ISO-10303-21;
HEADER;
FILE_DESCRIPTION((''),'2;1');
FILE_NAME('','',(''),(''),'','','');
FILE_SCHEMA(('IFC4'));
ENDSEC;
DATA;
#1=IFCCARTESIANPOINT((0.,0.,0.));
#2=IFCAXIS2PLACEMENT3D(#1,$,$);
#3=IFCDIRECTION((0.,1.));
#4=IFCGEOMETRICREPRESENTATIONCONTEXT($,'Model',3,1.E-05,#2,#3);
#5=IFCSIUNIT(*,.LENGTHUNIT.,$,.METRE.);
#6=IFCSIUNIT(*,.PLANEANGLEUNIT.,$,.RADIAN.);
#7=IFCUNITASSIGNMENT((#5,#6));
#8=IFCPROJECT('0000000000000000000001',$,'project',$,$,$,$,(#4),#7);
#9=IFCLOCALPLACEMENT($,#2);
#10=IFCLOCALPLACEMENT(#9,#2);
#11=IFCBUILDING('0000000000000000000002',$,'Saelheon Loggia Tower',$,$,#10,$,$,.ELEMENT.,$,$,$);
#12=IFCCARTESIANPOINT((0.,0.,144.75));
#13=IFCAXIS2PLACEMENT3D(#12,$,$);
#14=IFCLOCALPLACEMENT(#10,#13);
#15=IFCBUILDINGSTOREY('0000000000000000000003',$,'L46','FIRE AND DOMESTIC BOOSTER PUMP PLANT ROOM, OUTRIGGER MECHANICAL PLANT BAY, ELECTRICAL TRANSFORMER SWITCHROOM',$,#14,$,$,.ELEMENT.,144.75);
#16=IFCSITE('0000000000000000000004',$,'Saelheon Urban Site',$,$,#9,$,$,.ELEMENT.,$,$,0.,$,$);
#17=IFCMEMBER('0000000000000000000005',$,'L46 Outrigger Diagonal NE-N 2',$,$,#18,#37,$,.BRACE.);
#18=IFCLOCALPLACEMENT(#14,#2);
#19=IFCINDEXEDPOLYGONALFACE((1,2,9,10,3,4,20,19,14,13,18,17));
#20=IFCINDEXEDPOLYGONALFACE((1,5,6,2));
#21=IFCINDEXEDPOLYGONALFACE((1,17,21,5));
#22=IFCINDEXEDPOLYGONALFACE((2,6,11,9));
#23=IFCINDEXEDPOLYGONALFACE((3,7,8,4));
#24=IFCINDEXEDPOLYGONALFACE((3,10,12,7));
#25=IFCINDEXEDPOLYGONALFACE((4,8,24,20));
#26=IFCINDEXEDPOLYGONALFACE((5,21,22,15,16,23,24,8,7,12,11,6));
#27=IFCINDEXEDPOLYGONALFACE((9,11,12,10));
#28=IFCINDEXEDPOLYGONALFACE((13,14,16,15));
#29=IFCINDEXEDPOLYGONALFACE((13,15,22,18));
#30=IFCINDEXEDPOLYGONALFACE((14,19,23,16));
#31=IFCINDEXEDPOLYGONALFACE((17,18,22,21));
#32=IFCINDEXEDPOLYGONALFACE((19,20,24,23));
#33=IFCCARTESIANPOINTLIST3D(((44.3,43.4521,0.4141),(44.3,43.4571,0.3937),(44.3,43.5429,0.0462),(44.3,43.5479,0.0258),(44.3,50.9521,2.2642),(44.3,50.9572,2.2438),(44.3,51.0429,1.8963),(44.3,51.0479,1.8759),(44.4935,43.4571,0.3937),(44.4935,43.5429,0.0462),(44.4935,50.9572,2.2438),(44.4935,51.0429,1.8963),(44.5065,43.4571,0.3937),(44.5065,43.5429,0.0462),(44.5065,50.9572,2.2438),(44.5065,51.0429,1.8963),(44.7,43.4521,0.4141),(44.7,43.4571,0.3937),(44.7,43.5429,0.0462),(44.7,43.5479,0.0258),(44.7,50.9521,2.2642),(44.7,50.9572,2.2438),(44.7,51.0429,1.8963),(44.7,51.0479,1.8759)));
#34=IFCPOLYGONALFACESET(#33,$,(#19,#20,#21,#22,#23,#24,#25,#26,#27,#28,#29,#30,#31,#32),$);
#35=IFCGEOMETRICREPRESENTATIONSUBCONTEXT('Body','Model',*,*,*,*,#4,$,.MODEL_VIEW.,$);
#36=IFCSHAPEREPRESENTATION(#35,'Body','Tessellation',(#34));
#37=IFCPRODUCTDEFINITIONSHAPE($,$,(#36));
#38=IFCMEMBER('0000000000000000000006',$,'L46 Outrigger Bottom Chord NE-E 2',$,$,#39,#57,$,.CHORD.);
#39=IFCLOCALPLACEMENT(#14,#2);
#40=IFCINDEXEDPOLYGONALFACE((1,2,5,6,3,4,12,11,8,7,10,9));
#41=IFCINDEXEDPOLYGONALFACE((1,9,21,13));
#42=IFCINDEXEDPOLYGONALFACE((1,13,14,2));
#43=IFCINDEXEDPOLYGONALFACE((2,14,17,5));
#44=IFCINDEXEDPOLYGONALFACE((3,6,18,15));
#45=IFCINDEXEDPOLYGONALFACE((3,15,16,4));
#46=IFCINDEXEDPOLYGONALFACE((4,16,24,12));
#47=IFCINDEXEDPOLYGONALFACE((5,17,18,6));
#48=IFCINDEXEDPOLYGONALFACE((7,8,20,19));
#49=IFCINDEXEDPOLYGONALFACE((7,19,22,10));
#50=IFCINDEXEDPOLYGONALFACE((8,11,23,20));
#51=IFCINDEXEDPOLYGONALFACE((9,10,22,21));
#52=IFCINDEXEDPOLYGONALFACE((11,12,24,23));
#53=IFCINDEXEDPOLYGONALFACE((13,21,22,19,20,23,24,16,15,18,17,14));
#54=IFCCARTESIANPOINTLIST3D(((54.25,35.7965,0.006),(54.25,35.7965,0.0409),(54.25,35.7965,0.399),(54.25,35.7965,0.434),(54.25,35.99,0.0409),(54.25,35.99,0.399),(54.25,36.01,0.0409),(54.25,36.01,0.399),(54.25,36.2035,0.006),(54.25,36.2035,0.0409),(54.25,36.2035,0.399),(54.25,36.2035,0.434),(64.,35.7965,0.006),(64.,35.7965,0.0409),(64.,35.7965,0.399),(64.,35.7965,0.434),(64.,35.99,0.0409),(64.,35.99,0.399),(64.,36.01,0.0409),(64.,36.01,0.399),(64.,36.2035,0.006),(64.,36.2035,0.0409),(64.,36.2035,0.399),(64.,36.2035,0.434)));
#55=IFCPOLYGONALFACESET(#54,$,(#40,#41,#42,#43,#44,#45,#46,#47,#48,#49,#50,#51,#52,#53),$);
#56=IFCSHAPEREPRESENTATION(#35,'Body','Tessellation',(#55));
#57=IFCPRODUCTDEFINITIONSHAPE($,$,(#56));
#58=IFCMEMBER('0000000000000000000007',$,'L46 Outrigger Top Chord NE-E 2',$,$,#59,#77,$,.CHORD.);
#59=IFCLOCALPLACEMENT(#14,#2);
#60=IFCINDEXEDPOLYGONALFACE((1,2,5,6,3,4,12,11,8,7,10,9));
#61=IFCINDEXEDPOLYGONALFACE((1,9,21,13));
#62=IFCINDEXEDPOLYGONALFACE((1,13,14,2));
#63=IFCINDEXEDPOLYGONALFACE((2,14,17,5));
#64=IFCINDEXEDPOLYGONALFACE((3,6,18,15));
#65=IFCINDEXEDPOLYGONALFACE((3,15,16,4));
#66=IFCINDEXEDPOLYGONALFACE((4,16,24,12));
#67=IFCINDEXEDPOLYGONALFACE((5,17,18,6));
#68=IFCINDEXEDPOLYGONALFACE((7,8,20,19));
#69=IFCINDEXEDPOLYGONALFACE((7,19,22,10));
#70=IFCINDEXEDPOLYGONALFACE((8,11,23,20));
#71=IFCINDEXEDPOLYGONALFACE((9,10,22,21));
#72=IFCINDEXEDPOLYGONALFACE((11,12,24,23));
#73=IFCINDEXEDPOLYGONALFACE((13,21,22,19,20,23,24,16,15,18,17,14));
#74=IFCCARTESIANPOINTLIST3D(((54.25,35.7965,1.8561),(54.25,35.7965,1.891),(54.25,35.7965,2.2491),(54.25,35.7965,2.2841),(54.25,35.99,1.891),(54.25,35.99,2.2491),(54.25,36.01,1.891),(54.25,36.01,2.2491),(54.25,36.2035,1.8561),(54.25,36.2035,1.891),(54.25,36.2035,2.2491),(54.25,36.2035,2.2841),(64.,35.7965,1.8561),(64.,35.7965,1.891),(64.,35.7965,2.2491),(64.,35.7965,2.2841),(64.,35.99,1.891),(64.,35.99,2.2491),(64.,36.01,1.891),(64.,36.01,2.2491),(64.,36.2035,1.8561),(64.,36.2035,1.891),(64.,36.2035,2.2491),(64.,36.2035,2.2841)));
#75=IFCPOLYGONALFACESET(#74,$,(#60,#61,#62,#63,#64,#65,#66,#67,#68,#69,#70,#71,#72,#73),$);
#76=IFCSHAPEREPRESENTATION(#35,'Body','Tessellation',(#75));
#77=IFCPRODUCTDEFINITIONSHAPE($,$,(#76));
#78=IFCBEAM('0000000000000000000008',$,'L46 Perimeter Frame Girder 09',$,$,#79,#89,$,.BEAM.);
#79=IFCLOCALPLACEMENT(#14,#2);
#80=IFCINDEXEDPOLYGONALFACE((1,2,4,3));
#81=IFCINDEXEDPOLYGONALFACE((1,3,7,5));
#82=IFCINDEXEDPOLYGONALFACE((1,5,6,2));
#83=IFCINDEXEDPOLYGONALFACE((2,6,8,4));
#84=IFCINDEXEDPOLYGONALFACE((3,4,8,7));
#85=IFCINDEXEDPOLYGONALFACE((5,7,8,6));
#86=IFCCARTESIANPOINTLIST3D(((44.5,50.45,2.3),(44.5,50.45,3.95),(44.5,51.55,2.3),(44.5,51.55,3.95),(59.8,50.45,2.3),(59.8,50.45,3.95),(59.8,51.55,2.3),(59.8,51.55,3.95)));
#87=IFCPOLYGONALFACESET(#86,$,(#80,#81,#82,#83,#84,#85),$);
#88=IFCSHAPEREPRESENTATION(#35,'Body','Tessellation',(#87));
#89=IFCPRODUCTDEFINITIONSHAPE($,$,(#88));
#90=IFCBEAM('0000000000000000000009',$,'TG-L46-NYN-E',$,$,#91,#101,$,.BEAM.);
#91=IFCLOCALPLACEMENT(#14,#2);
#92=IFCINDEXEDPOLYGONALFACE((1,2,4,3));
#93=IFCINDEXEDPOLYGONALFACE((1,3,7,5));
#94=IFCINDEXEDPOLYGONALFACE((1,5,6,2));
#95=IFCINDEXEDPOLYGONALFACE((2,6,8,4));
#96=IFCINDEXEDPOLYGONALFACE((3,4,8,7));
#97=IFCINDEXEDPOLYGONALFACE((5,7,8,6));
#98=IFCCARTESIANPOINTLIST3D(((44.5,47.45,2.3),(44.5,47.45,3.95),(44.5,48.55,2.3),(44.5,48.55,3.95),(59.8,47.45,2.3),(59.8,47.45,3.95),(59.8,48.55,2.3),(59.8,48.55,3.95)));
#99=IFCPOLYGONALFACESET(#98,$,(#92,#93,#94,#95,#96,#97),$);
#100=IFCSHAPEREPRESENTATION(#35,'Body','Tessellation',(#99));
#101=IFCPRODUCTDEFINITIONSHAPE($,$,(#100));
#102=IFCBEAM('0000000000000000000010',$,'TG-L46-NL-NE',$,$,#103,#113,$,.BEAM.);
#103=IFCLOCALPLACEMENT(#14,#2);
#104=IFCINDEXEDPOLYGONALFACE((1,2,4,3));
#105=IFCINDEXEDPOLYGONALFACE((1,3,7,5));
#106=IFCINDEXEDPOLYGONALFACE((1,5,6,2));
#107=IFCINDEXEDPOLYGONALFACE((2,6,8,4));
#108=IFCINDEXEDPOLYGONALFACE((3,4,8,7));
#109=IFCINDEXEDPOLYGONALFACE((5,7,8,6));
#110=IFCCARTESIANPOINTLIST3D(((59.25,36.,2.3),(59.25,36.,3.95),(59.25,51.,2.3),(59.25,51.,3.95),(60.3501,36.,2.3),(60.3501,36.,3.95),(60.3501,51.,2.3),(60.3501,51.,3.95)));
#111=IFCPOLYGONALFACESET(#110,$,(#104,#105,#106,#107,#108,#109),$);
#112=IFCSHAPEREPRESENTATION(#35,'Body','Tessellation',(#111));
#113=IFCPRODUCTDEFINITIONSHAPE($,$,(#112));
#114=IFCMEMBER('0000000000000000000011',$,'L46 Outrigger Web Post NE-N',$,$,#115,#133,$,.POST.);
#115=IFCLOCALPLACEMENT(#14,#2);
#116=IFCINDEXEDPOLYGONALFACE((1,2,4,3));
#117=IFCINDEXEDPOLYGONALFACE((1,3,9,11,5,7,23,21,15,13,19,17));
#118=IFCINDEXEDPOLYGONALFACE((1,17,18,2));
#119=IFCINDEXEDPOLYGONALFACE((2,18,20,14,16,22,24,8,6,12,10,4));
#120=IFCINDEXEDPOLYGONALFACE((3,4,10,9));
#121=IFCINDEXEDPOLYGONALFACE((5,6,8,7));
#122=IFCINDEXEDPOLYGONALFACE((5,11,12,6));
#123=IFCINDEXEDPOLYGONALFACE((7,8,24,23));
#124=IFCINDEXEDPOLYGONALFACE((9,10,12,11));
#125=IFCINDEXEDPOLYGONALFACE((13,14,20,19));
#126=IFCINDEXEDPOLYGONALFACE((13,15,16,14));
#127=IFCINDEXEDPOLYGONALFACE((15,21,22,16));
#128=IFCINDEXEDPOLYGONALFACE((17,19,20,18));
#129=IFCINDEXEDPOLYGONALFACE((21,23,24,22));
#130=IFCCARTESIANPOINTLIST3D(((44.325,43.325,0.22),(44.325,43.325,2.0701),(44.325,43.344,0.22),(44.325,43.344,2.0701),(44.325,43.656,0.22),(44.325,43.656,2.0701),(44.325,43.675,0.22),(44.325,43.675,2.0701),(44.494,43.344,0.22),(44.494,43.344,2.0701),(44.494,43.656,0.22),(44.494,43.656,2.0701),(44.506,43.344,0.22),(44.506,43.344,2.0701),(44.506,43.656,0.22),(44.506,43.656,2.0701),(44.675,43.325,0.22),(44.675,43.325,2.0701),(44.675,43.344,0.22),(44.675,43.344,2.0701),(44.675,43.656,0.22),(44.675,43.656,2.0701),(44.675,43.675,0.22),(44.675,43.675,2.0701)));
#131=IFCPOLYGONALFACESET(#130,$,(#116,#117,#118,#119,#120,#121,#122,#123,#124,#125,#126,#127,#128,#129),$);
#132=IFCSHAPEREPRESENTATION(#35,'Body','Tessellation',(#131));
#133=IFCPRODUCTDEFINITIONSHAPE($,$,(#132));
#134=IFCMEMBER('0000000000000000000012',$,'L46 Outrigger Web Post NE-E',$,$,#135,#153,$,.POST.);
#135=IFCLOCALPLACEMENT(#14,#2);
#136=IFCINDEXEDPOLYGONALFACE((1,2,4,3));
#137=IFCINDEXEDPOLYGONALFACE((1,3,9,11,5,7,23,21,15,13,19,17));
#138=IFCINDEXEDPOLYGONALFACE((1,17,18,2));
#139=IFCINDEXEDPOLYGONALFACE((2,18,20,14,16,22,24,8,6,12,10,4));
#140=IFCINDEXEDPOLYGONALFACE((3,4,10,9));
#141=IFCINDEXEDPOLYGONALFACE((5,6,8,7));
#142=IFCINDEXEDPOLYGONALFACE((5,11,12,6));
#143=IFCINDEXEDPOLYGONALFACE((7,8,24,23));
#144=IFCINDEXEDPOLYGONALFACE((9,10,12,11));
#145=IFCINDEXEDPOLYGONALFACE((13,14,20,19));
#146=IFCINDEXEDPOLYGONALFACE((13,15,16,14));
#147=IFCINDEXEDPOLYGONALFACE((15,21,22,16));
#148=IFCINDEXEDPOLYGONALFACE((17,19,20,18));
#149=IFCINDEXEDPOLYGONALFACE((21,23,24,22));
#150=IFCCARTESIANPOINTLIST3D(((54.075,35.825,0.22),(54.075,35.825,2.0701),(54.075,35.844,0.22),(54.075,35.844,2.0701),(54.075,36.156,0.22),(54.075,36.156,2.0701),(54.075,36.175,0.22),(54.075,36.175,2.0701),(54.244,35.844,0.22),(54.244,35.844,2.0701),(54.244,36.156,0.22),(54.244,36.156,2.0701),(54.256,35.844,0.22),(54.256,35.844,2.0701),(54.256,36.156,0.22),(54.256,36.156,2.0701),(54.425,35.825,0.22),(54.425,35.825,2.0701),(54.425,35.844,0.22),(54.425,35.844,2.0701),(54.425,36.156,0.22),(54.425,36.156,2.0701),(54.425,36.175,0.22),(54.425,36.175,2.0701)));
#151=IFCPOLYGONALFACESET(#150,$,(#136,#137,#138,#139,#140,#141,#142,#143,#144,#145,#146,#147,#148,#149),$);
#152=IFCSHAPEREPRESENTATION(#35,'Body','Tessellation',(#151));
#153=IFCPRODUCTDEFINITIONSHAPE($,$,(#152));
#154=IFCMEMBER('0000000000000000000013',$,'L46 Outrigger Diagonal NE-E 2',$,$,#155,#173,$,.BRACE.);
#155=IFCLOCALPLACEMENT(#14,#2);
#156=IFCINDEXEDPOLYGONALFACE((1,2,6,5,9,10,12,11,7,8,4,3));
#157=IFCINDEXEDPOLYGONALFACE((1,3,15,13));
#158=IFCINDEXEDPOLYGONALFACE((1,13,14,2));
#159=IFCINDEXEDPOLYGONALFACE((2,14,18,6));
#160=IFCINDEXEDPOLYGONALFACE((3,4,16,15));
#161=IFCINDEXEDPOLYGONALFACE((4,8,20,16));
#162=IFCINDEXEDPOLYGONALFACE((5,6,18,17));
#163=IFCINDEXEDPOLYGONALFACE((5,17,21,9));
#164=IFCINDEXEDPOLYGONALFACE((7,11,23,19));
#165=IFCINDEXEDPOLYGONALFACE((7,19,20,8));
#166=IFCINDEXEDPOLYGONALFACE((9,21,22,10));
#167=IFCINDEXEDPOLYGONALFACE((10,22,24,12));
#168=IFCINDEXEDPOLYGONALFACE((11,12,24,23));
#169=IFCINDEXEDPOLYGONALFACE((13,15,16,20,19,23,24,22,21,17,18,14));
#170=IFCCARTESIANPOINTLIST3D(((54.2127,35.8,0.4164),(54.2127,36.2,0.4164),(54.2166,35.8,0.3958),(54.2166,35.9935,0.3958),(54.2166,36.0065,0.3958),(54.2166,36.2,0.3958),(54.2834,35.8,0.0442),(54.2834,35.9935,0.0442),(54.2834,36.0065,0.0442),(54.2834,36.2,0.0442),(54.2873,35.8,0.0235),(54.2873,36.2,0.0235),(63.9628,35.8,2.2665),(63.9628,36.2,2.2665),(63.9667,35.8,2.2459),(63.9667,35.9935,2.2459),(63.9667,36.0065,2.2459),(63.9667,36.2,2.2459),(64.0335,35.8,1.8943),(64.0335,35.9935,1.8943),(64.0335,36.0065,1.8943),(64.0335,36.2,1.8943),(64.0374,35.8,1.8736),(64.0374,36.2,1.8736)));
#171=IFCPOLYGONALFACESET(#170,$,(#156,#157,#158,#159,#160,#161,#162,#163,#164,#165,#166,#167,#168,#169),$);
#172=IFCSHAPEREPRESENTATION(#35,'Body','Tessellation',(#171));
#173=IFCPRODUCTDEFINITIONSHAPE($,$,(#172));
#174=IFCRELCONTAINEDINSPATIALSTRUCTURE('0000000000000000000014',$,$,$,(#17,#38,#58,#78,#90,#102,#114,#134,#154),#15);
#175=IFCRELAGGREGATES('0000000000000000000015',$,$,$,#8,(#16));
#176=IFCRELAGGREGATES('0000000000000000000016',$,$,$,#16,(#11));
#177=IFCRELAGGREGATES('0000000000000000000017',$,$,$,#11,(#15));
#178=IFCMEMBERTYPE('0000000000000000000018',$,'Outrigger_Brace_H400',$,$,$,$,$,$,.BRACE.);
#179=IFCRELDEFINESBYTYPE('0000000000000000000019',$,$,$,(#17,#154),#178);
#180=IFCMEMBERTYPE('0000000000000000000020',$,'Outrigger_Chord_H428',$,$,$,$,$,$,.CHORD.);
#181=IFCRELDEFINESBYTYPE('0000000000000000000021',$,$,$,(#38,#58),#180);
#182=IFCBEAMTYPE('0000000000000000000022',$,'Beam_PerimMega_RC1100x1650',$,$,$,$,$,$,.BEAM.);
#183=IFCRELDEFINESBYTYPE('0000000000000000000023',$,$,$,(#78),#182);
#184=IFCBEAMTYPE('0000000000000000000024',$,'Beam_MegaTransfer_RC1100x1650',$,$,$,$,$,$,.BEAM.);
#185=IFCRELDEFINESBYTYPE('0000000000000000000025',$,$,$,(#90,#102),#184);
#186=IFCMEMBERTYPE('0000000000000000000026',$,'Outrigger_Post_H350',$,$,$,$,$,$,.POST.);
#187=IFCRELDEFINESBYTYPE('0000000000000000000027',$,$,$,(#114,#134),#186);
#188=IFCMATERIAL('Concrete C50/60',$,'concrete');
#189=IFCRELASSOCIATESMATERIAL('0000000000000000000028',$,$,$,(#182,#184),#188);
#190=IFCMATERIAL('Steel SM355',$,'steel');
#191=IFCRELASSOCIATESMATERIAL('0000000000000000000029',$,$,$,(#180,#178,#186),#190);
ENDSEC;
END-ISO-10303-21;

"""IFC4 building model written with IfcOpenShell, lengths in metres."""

from ifc_helpers import new_model, si_unit, direction, frame, origin, origin_2d, place, context, subcontext, project, spatial, rectangle, i_section, extrude, source, transform, mapped, material, material_profile, profile_set, type_object, element, save


model = new_model("IFC4")

# Units and contexts
model_context = context("Model", 3, precision=1e-05, world=origin(), true_north=direction((0.0, 1.0)))
body_context = subcontext(model_context, "Body", "Model", "MODEL_VIEW")
ifc_project = project(units=[si_unit("LENGTHUNIT", "METRE"), si_unit("PLANEANGLEUNIT", "RADIAN")], contexts=[model_context])

# Site, building, storey
site_placement = place(None, origin())
site = spatial("IfcSite", under=ifc_project, at=site_placement, Name="Saelheon Urban Site", CompositionType="ELEMENT", RefElevation=0.0)
building_placement = place(site_placement, origin())
building = spatial("IfcBuilding", under=site, at=building_placement, Name="Saelheon Loggia Tower", CompositionType="ELEMENT")
storey_placement = place(building_placement, frame((0.0, 0.0, 144.75)))
storey = spatial("IfcBuildingStorey", under=building, at=storey_placement, Name="L46", Description="FIRE AND DOMESTIC BOOSTER PUMP PLANT ROOM, OUTRIGGER MECHANICAL PLANT BAY, ELECTRICAL TRANSFORMER SWITCHROOM", CompositionType="ELEMENT", Elevation=144.75)

# Shared definitions
ifc_material_1 = material(Name="Concrete C50/60", Category="concrete")

# Shared definitions
ifc_material_profile_1 = material_profile(ifc_material_1, rectangle(XDim=1.1001, YDim=1.6499, at=origin_2d()), Name="RC-1100x1650")
ifc_profile_set_1 = profile_set([ifc_material_profile_1], Name="Concrete C50/60")
beam_type_1 = type_object("IfcBeamType", Name="Beam_PerimMega_RC1100x1650", PredefinedType="BEAM", material=ifc_profile_set_1)
ifc_material_profile_2 = material_profile(ifc_material_1, rectangle(XDim=1.1001, YDim=1.6499, at=origin_2d()), Name="RC-1100x1650")
ifc_profile_set_2 = profile_set([ifc_material_profile_2], Name="Concrete C50/60")
beam_type_2 = type_object("IfcBeamType", Name="Beam_MegaTransfer_RC1100x1650", PredefinedType="BEAM", material=ifc_profile_set_2)

# Members
ifc_material_2 = material(Name="Steel SM355", Category="steel")
ifc_material_profile_3 = material_profile(ifc_material_2, i_section(OverallWidth=0.407, OverallDepth=0.428, WebThickness=0.02, FlangeThickness=0.0349, at=origin_2d()), Name="H-428x407x20x35")
ifc_profile_set_3 = profile_set([ifc_material_profile_3], Name="Steel SM355")
member_type_1 = type_object("IfcMemberType", Name="Outrigger_Chord_H428", PredefinedType="CHORD", material=ifc_profile_set_3)
ifc_material_profile_4 = material_profile(ifc_material_2, i_section(OverallWidth=0.3999, OverallDepth=0.3999, WebThickness=0.0129, FlangeThickness=0.021, at=origin_2d()), Name="H-400x400x13x21")
ifc_profile_set_4 = profile_set([ifc_material_profile_4], Name="Steel SM355")
member_type_2 = type_object("IfcMemberType", Name="Outrigger_Brace_H400", PredefinedType="BRACE", material=ifc_profile_set_4)
shared_shape_1 = source(origin(), body_context, "Body", "SweptSolid", [
    extrude(i_section(OverallWidth=0.3999, OverallDepth=0.3999, WebThickness=0.0129, FlangeThickness=0.021, at=origin_2d()), origin(), (0.0, 0.0, 1.0), 7.7249),
])
member_1_placement = place(storey_placement, frame((44.5, 43.5, 0.22), z_axis=(0.0, 0.970896, 0.2395), x_axis=(-1.0, 0.0, 0.0)))
element("IfcMember", 1, at=member_1_placement, inside=storey, type_object=member_type_2, Name="L46 Outrigger Diagonal NE-N 2", PredefinedType="BRACE", context=body_context, shape_type="MappedRepresentation", body=[
    mapped(shared_shape_1, transform((0.0, 0.0, 0.0), scale=1.0)),
])
shared_shape_2 = source(origin(), body_context, "Body", "SweptSolid", [
    extrude(i_section(OverallWidth=0.407, OverallDepth=0.428, WebThickness=0.02, FlangeThickness=0.0349, at=origin_2d()), origin(), (0.0, 0.0, 1.0), 9.75),
])
for number, where, z_axis, x_axis, name in (
    (2, (54.25, 36.0, 0.22), (1.0, 0.0, 0.0), (0.0, 1.0, 0.0), "L46 Outrigger Bottom Chord NE-E 2"),
    (3, (54.25, 36.0, 2.0701), (1.0, 0.0, 0.0), (0.0, 1.0, 0.0), "L46 Outrigger Top Chord NE-E 2"),
):
    element("IfcMember", number, at=place(storey_placement, frame(where, z_axis=z_axis, x_axis=x_axis)), inside=storey, type_object=member_type_1, Name=name, PredefinedType="CHORD", context=body_context, shape_type="MappedRepresentation", body=[
        mapped(shared_shape_2, transform((0.0, 0.0, 0.0), scale=1.0)),
    ])

# Beams
shared_shape_3 = source(origin(), body_context, "Body", "SweptSolid", [
    extrude(rectangle(XDim=1.1001, YDim=1.6499, at=origin_2d()), origin(), (0.0, 0.0, 1.0), 15.3),
])
beam_1_placement = place(storey_placement, frame((59.8, 51.0, 3.125), z_axis=(-1.0, 0.0, 0.0), x_axis=(0.0, -1.0, 0.0)))
element("IfcBeam", 4, at=beam_1_placement, inside=storey, type_object=beam_type_1, Name="L46 Perimeter Frame Girder 09", PredefinedType="BEAM", context=body_context, shape_type="MappedRepresentation", body=[
    mapped(shared_shape_3, transform((0.0, 0.0, 0.0), scale=1.0)),
])
beam_2_placement = place(storey_placement, frame((44.5, 48.0, 3.125), z_axis=(1.0, 0.0, 0.0), x_axis=(0.0, 1.0, 0.0)))
element("IfcBeam", 5, at=beam_2_placement, inside=storey, type_object=beam_type_2, Name="TG-L46-NYN-E", PredefinedType="BEAM", context=body_context, shape_type="MappedRepresentation", body=[
    mapped(shared_shape_3, transform((0.0, 0.0, 0.0), scale=1.0)),
])
shared_shape_4 = source(origin(), body_context, "Body", "SweptSolid", [
    extrude(rectangle(XDim=1.1001, YDim=1.6499, at=origin_2d()), origin(), (0.0, 0.0, 1.0), 15.0),
])
beam_3_placement = place(storey_placement, frame((59.8, 36.0, 3.125), z_axis=(0.0, 1.0, 0.0), x_axis=(-1.0, 0.0, 0.0)))
element("IfcBeam", 6, at=beam_3_placement, inside=storey, type_object=beam_type_2, Name="TG-L46-NL-NE", PredefinedType="BEAM", context=body_context, shape_type="MappedRepresentation", body=[
    mapped(shared_shape_4, transform((0.0, 0.0, 0.0), scale=1.0)),
])

# Members
ifc_material_profile_5 = material_profile(ifc_material_2, i_section(OverallWidth=0.3501, OverallDepth=0.3501, WebThickness=0.012, FlangeThickness=0.019, at=origin_2d()), Name="H-350x350x12x19")
ifc_profile_set_5 = profile_set([ifc_material_profile_5], Name="Steel SM355")
member_type_3 = type_object("IfcMemberType", Name="Outrigger_Post_H350", PredefinedType="POST", material=ifc_profile_set_5)
shared_shape_5 = source(origin(), body_context, "Body", "SweptSolid", [
    extrude(i_section(OverallWidth=0.3501, OverallDepth=0.3501, WebThickness=0.012, FlangeThickness=0.019, at=origin_2d()), origin(), (0.0, 0.0, 1.0), 1.8501),
])
for number, where, z_axis, x_axis, name in (
    (7, (44.5, 43.5, 0.22), (0.0, 0.0, 1.0), (1.0, 0.0, 0.0), "L46 Outrigger Web Post NE-N"),
    (8, (54.25, 36.0, 0.22), (0.0, 0.0, 1.0), (1.0, 0.0, 0.0), "L46 Outrigger Web Post NE-E"),
):
    element("IfcMember", number, at=place(storey_placement, frame(where, z_axis=z_axis, x_axis=x_axis)), inside=storey, type_object=member_type_3, Name=name, PredefinedType="POST", context=body_context, shape_type="MappedRepresentation", body=[
        mapped(shared_shape_5, transform((0.0, 0.0, 0.0), scale=1.0)),
    ])
shared_shape_6 = source(origin(), body_context, "Body", "SweptSolid", [
    extrude(i_section(OverallWidth=0.3999, OverallDepth=0.3999, WebThickness=0.0129, FlangeThickness=0.021, at=origin_2d()), origin(), (0.0, 0.0, 1.0), 9.9241),
])
member_2_placement = place(storey_placement, frame((54.25, 36.0, 0.22), z_axis=(0.982469, 0.0, 0.186427), x_axis=(0.0, 1.0, 0.0)))
element("IfcMember", 9, at=member_2_placement, inside=storey, type_object=member_type_2, Name="L46 Outrigger Diagonal NE-E 2", PredefinedType="BRACE", context=body_context, shape_type="MappedRepresentation", body=[
    mapped(shared_shape_6, transform((0.0, 0.0, 0.0), scale=1.0)),
])

save(model, "model.ifc")
